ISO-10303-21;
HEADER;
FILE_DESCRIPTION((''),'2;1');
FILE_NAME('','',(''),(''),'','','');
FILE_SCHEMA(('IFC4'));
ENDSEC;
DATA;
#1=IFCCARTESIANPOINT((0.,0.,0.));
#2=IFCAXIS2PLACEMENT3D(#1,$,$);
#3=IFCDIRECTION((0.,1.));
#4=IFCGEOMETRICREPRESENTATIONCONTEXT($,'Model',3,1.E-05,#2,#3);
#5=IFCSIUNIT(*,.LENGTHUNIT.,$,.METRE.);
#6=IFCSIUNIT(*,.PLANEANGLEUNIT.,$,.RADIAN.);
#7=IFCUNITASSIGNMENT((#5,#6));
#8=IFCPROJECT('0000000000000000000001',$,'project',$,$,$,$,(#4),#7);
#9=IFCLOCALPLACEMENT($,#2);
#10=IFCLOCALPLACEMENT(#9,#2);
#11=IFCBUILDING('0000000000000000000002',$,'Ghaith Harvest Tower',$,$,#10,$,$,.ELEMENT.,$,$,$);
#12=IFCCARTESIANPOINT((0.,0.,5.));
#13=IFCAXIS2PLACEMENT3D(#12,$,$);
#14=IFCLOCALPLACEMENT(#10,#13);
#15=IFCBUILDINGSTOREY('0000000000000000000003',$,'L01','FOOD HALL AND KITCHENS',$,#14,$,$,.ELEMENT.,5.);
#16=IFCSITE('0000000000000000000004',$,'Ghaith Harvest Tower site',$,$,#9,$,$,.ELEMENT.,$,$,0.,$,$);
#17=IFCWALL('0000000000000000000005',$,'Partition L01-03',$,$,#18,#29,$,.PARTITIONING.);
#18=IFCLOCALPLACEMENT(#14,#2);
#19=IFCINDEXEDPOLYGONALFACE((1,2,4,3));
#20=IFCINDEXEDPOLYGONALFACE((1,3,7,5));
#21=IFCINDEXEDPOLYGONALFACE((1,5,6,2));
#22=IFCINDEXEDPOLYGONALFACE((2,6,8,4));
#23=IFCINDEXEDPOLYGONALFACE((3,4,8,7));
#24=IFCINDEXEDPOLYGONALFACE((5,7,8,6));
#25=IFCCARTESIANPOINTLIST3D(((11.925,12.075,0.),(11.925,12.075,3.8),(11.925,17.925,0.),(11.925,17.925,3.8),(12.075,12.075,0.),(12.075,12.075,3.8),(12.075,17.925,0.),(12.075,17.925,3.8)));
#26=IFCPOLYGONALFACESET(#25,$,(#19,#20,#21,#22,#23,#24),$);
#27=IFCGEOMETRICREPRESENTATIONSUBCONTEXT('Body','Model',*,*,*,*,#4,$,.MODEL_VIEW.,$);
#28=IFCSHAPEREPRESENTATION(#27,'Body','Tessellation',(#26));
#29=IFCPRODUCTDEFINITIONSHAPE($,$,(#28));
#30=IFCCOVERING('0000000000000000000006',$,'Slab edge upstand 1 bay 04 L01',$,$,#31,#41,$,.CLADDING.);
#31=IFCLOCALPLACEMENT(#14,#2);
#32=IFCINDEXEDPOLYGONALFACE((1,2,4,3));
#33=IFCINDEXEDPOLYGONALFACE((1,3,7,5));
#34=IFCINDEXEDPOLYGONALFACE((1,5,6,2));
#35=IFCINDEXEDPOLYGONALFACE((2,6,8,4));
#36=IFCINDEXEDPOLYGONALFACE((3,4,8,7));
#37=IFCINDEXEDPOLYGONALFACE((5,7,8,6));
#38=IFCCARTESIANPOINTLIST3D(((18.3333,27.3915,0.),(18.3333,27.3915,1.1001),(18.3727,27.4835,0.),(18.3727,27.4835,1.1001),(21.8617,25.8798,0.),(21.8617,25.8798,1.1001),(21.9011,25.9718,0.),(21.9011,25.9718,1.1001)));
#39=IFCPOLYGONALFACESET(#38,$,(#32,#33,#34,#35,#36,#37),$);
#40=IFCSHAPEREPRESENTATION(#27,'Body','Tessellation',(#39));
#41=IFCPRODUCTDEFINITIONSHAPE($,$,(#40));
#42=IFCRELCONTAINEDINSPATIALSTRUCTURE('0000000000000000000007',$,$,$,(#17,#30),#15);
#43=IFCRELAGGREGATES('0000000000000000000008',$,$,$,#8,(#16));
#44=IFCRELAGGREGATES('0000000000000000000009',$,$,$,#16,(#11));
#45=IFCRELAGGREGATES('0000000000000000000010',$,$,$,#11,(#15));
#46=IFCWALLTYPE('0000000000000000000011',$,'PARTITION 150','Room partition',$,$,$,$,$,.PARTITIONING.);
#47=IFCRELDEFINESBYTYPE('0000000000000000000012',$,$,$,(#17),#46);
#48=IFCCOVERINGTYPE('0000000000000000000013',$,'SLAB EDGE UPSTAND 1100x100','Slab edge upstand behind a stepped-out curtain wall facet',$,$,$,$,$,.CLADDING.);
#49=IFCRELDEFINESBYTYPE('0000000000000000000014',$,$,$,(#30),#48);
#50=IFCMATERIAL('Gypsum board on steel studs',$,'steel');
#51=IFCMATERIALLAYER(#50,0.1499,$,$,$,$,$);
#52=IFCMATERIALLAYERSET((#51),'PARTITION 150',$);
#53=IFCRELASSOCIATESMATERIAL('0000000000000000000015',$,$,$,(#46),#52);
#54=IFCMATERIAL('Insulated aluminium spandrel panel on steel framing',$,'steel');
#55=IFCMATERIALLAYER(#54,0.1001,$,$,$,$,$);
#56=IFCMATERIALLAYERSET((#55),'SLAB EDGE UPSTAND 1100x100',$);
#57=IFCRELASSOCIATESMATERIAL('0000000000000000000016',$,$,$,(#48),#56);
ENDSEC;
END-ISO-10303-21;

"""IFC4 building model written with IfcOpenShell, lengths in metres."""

from ifc_helpers import new_model, si_unit, direction, frame, frame_2d, origin, origin_2d, place, context, subcontext, project, spatial, rectangle, extrude, material, layer, layer_set, type_object, element, save


model = new_model("IFC4")

# Units and contexts
model_context = context("Model", 3, precision=1e-05, world=origin(), true_north=direction((0.0, 1.0)))
body_context = subcontext(model_context, "Body", "Model", "MODEL_VIEW")
ifc_project = project(units=[si_unit("LENGTHUNIT", "METRE"), si_unit("PLANEANGLEUNIT", "RADIAN")], contexts=[model_context])

# Site, building, storey
site_placement = place(None, origin())
site = spatial("IfcSite", under=ifc_project, at=site_placement, Name="Ghaith Harvest Tower site", CompositionType="ELEMENT", RefElevation=0.0)
building_placement = place(site_placement, origin())
building = spatial("IfcBuilding", under=site, at=building_placement, Name="Ghaith Harvest Tower", CompositionType="ELEMENT")
storey_placement = place(building_placement, frame((0.0, 0.0, 5.0)))
storey = spatial("IfcBuildingStorey", under=building, at=storey_placement, Name="L01", Description="FOOD HALL AND KITCHENS", CompositionType="ELEMENT", Elevation=5.0)

# Shared definitions
ifc_material_1 = material(Name="Gypsum board on steel studs", Category="steel")
ifc_layer_1 = layer(ifc_material_1, 0.1499)
ifc_layer_set_1 = layer_set([ifc_layer_1], Name="PARTITION 150")
wall_type = type_object("IfcWallType", Name="PARTITION 150", Description="Room partition", PredefinedType="PARTITIONING", material=ifc_layer_set_1)

# Wall
wall_1_placement = place(storey_placement, frame((12.0, 12.075, 0.0), z_axis=(0.0, 0.0, 1.0), x_axis=(0.0, 1.0, 0.0)))
element("IfcWall", 1, at=wall_1_placement, inside=storey, type_object=wall_type, Name="Partition L01-03", PredefinedType="PARTITIONING", context=body_context, shape_type="SweptSolid", body=[
    extrude(rectangle(XDim=5.8501, YDim=0.1499, at=frame_2d((2.925, 0.0))), origin(), (0.0, 0.0, 1.0), 3.8),
])

# Covering
ifc_material_2 = material(Name="Insulated aluminium spandrel panel on steel framing", Category="steel")
ifc_layer_2 = layer(ifc_material_2, 0.1001)
ifc_layer_set_2 = layer_set([ifc_layer_2], Name="SLAB EDGE UPSTAND 1100x100")
covering_type = type_object("IfcCoveringType", Name="SLAB EDGE UPSTAND 1100x100", Description="Slab edge upstand behind a stepped-out curtain wall facet", PredefinedType="CLADDING", material=ifc_layer_set_2)
covering_placement = place(storey_placement, frame((20.1172, 26.6816, 0.0), z_axis=(0.0, 0.0, 1.0), x_axis=(-0.919191, 0.393813, 0.0)))
element("IfcCovering", 2, at=covering_placement, inside=storey, type_object=covering_type, Name="Slab edge upstand 1 bay 04 L01", PredefinedType="CLADDING", context=body_context, shape_type="SweptSolid", body=[
    extrude(rectangle(XDim=3.8386, YDim=0.1001, at=origin_2d()), origin(), (0.0, 0.0, 1.0), 1.1001),
])

save(model, "model.ifc")
